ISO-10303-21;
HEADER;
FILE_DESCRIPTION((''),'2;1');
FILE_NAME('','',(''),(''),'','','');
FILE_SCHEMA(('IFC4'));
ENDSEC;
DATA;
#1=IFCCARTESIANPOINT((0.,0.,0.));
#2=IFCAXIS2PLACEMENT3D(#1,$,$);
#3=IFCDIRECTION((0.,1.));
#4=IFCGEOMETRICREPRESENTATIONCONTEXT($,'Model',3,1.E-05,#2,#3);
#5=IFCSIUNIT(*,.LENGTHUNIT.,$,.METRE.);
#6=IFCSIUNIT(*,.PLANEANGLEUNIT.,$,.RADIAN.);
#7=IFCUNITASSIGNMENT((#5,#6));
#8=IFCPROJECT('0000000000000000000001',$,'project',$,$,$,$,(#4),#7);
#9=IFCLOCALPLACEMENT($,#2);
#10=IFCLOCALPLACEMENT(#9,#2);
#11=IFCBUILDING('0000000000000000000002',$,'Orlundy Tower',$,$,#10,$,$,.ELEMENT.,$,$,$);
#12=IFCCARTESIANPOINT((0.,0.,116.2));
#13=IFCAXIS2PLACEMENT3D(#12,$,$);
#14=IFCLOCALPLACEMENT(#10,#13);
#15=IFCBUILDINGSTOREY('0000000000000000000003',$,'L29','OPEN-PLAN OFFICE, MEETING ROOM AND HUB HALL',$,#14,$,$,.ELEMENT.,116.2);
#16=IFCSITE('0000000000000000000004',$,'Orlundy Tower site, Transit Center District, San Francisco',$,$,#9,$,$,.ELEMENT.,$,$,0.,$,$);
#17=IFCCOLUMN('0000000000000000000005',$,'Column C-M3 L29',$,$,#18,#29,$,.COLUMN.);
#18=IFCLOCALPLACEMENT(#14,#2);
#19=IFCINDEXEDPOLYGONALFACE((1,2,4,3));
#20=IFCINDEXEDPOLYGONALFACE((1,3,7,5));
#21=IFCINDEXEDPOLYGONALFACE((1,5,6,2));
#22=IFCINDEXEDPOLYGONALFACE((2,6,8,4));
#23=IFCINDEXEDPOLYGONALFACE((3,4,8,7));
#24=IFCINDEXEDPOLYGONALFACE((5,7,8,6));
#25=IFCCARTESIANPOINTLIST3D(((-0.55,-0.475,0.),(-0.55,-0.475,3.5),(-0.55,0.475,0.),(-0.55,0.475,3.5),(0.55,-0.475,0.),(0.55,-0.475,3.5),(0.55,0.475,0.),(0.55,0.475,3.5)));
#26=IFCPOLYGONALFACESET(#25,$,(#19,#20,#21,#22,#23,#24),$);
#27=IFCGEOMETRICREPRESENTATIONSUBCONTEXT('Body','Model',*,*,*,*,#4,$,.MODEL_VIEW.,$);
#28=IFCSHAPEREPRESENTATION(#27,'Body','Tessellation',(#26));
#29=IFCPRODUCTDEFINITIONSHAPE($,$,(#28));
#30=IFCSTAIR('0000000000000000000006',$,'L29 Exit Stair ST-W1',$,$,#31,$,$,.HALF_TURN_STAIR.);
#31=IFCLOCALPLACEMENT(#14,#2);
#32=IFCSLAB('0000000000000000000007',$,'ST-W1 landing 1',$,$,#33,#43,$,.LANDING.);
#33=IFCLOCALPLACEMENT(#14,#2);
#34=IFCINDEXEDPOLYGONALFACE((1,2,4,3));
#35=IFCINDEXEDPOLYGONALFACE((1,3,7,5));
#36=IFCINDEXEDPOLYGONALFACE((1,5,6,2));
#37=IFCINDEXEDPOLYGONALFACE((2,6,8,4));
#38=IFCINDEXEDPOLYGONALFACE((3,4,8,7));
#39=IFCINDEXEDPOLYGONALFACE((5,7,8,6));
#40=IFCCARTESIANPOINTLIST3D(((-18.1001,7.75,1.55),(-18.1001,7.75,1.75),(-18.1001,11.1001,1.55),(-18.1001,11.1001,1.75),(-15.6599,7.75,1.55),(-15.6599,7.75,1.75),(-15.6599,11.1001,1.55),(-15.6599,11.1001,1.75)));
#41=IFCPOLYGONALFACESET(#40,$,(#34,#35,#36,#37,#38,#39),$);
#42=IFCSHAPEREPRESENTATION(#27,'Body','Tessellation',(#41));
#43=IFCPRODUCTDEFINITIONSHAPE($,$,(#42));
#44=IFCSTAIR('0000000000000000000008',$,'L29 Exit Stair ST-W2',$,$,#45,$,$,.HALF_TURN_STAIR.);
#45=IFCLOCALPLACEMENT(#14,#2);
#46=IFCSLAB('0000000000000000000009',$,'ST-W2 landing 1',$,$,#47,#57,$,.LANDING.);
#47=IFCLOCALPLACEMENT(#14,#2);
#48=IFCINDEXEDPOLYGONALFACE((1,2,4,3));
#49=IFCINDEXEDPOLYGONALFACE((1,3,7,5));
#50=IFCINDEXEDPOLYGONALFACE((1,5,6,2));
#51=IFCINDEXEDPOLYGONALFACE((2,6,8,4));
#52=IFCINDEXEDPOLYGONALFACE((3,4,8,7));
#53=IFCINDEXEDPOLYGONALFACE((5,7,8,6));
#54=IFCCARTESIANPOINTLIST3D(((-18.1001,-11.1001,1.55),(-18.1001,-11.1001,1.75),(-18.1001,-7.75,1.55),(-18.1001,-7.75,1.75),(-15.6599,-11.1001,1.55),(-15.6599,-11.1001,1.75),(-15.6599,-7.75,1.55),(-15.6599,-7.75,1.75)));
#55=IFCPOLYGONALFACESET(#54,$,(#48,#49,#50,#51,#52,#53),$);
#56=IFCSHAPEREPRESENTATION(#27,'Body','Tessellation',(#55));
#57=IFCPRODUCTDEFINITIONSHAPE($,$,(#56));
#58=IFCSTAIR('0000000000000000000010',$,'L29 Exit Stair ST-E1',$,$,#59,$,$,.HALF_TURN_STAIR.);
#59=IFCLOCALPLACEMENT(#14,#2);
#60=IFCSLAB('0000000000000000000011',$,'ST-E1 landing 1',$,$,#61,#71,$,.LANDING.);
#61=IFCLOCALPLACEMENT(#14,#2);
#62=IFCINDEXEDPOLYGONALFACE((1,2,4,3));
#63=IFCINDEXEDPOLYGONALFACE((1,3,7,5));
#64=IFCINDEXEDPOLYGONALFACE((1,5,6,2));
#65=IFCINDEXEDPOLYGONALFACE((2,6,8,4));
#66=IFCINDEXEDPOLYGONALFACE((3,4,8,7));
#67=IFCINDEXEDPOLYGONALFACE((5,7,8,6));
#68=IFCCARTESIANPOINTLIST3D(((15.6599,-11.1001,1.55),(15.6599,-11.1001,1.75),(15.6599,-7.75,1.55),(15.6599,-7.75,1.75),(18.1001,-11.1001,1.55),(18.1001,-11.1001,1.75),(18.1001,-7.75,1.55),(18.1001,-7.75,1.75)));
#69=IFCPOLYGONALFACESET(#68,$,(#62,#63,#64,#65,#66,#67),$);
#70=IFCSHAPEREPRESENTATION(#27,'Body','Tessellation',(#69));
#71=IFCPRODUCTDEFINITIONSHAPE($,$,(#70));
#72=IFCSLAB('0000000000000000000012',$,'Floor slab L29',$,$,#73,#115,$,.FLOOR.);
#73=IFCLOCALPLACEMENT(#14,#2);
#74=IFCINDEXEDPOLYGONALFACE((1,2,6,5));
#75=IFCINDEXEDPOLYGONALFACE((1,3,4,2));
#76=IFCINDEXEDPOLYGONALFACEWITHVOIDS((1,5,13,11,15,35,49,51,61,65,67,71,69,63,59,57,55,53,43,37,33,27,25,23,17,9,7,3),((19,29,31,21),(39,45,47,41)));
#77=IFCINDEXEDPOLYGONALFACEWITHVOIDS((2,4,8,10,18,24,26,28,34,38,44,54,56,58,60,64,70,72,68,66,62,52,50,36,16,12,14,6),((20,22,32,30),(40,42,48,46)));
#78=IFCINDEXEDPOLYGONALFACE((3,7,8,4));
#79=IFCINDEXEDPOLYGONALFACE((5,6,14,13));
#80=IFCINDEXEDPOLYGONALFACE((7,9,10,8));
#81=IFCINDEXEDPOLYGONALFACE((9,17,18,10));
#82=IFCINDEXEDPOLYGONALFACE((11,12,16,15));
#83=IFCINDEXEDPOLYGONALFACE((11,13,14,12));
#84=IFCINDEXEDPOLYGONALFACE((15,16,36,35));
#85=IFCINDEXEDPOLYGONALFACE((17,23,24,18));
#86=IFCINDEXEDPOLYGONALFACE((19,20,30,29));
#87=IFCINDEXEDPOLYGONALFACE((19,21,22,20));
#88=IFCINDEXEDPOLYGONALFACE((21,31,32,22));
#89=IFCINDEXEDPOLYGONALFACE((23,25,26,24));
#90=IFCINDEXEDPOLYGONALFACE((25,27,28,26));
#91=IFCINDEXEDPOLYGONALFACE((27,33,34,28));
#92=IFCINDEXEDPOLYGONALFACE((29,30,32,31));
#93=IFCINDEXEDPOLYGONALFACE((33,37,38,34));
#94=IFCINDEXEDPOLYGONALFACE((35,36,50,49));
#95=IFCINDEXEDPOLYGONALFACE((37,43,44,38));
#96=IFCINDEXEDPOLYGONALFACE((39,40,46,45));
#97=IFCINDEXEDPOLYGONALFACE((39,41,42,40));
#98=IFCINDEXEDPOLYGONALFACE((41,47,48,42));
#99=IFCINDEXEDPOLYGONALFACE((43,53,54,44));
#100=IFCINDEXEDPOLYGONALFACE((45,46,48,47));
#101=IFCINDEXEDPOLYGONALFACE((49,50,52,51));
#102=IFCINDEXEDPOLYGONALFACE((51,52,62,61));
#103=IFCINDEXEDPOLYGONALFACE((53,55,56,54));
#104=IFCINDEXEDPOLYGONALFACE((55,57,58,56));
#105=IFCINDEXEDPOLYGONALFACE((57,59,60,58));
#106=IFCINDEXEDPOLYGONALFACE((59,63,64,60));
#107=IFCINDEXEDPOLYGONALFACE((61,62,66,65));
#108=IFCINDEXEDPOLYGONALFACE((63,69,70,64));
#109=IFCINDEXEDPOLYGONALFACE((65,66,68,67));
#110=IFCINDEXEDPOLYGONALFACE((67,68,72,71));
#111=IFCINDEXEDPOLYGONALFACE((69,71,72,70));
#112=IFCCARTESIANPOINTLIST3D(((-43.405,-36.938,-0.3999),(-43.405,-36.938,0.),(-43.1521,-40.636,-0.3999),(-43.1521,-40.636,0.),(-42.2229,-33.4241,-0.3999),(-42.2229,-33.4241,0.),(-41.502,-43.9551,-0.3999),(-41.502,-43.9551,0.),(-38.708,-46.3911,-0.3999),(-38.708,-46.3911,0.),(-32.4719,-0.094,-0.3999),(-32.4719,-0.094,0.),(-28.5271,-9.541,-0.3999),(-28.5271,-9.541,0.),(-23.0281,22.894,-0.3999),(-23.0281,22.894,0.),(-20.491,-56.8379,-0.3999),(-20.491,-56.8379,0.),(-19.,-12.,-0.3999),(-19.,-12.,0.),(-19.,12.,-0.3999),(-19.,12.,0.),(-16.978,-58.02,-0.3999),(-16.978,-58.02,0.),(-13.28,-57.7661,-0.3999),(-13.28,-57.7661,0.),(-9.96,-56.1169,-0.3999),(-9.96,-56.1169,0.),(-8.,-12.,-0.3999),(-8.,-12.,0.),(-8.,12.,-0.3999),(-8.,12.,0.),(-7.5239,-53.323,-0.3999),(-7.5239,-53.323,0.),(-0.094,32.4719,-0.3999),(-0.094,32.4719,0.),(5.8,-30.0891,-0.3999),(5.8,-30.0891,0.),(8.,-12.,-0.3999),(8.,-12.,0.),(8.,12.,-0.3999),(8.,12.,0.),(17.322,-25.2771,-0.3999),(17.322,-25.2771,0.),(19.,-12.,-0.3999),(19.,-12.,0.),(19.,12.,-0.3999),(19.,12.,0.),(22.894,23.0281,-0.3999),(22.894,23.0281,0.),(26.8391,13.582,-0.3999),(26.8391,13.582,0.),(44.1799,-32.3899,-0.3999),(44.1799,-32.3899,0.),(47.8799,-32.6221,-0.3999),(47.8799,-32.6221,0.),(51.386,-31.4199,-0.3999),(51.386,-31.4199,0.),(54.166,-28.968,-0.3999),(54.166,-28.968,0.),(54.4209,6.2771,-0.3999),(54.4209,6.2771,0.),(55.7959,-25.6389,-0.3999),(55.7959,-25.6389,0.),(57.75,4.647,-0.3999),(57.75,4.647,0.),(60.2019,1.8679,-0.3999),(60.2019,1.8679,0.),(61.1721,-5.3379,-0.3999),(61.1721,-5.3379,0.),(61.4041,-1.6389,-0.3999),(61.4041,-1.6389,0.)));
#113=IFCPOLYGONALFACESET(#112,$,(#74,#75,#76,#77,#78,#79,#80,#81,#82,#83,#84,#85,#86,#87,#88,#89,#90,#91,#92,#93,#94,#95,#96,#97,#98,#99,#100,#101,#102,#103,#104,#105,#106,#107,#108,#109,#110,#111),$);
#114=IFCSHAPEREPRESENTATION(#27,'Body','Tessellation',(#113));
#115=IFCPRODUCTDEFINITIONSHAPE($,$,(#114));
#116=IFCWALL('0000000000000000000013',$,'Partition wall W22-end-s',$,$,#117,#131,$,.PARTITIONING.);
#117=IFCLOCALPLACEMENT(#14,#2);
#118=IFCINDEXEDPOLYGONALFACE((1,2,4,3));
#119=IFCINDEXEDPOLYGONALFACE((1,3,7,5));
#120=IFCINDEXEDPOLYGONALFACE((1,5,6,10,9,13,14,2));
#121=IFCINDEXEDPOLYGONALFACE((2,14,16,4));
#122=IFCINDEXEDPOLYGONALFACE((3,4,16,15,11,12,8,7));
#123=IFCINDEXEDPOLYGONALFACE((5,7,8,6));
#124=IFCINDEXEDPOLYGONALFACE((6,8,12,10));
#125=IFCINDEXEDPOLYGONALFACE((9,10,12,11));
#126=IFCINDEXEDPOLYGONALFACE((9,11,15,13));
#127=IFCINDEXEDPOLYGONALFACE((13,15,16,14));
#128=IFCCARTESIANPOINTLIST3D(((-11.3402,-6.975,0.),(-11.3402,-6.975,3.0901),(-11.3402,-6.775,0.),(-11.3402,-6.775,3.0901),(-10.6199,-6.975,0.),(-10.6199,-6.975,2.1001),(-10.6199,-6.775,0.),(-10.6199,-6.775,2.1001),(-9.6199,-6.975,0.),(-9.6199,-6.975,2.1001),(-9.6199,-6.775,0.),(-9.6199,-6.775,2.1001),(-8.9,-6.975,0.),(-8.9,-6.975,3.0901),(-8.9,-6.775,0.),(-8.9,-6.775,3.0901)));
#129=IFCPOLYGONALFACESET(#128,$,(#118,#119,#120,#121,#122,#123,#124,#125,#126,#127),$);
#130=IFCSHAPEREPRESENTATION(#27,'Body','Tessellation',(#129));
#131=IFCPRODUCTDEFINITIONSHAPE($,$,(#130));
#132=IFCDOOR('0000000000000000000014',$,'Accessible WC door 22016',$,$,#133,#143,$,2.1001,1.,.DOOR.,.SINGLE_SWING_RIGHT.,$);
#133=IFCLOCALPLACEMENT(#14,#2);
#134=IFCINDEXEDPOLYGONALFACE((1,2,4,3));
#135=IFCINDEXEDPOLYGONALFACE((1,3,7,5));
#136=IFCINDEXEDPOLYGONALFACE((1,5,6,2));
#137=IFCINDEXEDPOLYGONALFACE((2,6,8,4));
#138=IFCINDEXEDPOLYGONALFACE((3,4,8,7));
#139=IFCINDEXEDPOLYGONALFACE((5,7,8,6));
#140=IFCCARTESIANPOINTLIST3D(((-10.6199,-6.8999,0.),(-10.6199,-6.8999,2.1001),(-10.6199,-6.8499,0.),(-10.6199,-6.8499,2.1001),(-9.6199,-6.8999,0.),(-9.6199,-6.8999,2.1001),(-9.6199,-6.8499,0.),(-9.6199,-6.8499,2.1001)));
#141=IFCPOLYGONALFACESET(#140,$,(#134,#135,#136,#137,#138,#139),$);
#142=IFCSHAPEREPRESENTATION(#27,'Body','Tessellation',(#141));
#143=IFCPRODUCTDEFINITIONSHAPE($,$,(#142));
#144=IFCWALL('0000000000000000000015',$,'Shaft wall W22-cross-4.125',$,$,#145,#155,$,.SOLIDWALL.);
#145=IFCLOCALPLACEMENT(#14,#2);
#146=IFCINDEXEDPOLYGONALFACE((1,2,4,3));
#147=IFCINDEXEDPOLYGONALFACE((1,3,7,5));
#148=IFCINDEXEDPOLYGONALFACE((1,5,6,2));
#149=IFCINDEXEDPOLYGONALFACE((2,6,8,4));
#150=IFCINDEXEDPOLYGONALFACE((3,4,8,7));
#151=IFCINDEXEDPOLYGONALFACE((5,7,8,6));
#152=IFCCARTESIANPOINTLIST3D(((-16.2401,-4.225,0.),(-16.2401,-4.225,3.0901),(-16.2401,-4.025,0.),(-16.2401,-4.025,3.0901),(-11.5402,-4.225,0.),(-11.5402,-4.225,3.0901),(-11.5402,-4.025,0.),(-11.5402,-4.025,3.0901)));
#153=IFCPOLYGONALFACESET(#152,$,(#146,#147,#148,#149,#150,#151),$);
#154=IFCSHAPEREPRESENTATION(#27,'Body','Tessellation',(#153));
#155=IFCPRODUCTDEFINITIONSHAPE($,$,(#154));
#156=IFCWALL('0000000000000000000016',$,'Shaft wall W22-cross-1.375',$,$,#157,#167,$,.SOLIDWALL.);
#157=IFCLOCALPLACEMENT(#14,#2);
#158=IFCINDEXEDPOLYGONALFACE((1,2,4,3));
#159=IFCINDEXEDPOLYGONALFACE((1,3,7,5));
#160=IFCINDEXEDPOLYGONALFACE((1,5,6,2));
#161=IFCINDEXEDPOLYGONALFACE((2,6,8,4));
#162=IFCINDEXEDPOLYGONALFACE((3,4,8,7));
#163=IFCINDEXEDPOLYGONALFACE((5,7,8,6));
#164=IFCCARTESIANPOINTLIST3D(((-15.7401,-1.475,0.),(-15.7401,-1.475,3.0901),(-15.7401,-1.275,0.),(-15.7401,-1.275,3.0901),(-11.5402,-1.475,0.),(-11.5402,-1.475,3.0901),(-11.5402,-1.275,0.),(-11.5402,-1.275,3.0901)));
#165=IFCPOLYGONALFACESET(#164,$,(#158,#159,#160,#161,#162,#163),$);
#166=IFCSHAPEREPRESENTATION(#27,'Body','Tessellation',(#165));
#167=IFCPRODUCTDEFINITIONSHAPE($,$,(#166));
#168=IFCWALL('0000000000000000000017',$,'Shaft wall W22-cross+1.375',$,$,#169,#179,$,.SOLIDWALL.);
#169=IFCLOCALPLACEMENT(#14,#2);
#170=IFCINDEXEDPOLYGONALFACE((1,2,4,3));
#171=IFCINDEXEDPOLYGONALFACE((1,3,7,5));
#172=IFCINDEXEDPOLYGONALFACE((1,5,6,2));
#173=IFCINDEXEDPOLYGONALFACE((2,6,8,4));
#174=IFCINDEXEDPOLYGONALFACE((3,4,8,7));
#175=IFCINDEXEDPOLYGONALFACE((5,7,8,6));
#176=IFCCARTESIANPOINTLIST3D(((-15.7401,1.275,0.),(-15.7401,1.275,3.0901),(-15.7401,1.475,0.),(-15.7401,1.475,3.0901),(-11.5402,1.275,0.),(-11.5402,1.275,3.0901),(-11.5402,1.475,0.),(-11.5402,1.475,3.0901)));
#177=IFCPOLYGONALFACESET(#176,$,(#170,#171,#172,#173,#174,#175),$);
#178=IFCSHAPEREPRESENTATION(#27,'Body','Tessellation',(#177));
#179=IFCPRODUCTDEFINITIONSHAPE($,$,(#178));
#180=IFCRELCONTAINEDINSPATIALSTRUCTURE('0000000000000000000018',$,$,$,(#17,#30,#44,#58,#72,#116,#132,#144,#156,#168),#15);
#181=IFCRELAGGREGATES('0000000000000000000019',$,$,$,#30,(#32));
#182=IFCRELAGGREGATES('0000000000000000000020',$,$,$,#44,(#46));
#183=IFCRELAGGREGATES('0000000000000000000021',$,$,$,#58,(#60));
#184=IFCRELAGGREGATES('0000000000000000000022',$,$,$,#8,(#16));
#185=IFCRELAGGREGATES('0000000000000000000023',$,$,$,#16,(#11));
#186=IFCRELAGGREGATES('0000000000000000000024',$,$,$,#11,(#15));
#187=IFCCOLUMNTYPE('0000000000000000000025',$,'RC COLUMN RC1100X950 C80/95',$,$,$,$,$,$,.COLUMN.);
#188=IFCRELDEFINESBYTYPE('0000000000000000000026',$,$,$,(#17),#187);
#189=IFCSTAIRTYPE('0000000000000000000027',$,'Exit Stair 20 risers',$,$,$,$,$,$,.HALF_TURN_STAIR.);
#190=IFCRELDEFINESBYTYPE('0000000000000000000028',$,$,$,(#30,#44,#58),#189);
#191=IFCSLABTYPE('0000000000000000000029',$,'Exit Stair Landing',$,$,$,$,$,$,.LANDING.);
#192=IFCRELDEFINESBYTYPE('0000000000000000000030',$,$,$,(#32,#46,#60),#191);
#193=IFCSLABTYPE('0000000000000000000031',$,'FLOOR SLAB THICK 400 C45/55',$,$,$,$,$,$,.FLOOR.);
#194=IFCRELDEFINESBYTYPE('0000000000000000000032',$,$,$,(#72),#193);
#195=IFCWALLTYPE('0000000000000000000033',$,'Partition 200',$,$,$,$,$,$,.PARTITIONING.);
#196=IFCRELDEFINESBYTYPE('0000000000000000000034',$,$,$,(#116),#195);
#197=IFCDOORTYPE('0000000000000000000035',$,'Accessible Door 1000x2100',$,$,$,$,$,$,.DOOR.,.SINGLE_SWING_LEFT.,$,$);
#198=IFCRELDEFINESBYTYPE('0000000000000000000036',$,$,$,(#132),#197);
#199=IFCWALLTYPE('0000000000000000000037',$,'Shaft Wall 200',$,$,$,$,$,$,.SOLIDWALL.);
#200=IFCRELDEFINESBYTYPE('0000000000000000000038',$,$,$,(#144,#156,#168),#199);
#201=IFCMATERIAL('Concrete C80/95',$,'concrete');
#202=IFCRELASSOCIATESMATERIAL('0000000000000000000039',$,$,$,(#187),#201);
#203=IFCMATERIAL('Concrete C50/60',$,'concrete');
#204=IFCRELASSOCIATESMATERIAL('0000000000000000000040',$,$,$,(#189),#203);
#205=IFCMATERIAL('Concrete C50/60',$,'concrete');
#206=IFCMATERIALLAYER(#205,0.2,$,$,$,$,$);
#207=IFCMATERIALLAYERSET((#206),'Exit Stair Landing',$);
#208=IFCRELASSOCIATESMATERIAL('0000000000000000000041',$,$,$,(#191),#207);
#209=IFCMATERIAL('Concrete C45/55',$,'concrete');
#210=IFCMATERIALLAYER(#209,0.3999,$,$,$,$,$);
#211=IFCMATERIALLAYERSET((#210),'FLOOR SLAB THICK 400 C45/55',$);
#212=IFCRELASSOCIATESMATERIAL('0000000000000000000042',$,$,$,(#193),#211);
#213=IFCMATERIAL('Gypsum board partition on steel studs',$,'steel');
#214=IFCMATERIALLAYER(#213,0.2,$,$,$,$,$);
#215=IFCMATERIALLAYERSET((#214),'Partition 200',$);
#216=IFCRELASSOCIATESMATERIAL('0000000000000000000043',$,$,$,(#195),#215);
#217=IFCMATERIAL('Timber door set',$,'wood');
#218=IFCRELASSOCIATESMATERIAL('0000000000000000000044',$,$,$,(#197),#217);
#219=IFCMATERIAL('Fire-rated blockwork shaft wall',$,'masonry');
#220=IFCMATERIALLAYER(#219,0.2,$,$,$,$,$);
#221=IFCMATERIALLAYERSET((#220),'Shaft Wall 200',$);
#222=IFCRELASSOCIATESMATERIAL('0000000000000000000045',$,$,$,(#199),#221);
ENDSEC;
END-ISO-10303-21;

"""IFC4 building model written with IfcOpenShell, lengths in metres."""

from ifc_helpers import new_model, si_unit, direction, frame, frame_2d, origin, origin_with_axes, origin_2d, place, context, subcontext, project, spatial, polyline, rectangle, outline, extrude, material, layer, layer_set, material_profile, profile_set, type_object, element, fill, aggregate, save


model = new_model("IFC4")

# Units and contexts
model_context = context("Model", 3, precision=1e-05, world=origin(), true_north=direction((0.0, 1.0)))
body_context = subcontext(model_context, "Body", "Model", "MODEL_VIEW")
ifc_project = project(units=[si_unit("LENGTHUNIT", "METRE"), si_unit("PLANEANGLEUNIT", "RADIAN")], contexts=[model_context])

# Site, building, storey
site_placement = place(None, origin())
site = spatial("IfcSite", under=ifc_project, at=site_placement, Name="Orlundy Tower site, Transit Center District, San Francisco", CompositionType="ELEMENT", RefElevation=0.0)
building_placement = place(site_placement, origin())
building = spatial("IfcBuilding", under=site, at=building_placement, Name="Orlundy Tower", CompositionType="ELEMENT")
storey_placement = place(building_placement, frame((0.0, 0.0, 116.2)))
storey = spatial("IfcBuildingStorey", under=building, at=storey_placement, Name="L29", Description="OPEN-PLAN OFFICE, MEETING ROOM AND HUB HALL", CompositionType="ELEMENT", Elevation=116.2)

# Column
ifc_material_1 = material(Name="Concrete C80/95", Category="concrete")
ifc_material_profile = material_profile(ifc_material_1, rectangle(XDim=1.1001, YDim=0.95, at=origin_2d()), Name="RC1100X950")
ifc_profile_set = profile_set([ifc_material_profile], Name="Concrete C80/95")
column_type = type_object("IfcColumnType", Name="RC COLUMN RC1100X950 C80/95", PredefinedType="COLUMN", material=ifc_profile_set)
column_placement = place(storey_placement, origin_with_axes())
element("IfcColumn", 1, at=column_placement, inside=storey, type_object=column_type, Name="Column C-M3 L29", PredefinedType="COLUMN", context=body_context, shape_type="SweptSolid", body=[
    extrude(rectangle(XDim=1.1001, YDim=0.95, at=origin_2d()), origin(), (0.0, 0.0, 1.0), 3.5),
])

# Stairs, slabs
ifc_material_2 = material(Name="Concrete C50/60", Category="concrete")
stair_type = type_object("IfcStairType", Name="Exit Stair 20 risers", PredefinedType="HALF_TURN_STAIR", material=ifc_material_2)
stair_1_placement = place(storey_placement, origin())
stair_1 = element("IfcStair", 2, at=stair_1_placement, inside=storey, type_object=stair_type, Name="L29 Exit Stair ST-W1", PredefinedType="HALF_TURN_STAIR")
ifc_material_3 = material(Name="Concrete C50/60", Category="concrete")
ifc_layer_1 = layer(ifc_material_3, 0.2)
ifc_layer_set_1 = layer_set([ifc_layer_1], Name="Exit Stair Landing")
slab_type_1 = type_object("IfcSlabType", Name="Exit Stair Landing", PredefinedType="LANDING", material=ifc_layer_set_1)
slab_1_placement = place(storey_placement, frame((0.0, 0.0, 1.55)))
slab_1 = element("IfcSlab", 3, at=slab_1_placement, type_object=slab_type_1, Name="ST-W1 landing 1", PredefinedType="LANDING", context=body_context, shape_type="SweptSolid", body=[
    extrude(outline(polyline([(-15.6599, 11.1001), (-18.1001, 11.1001), (-18.1001, 7.75), (-15.6599, 7.75), (-15.6599, 11.1001)])), origin(), (0.0, 0.0, 1.0), 0.2),
])
aggregate(stair_1, [slab_1])
stair_2_placement = place(storey_placement, origin())
stair_2 = element("IfcStair", 4, at=stair_2_placement, inside=storey, type_object=stair_type, Name="L29 Exit Stair ST-W2", PredefinedType="HALF_TURN_STAIR")
slab_2_placement = place(storey_placement, frame((0.0, 0.0, 1.55)))
slab_2 = element("IfcSlab", 5, at=slab_2_placement, type_object=slab_type_1, Name="ST-W2 landing 1", PredefinedType="LANDING", context=body_context, shape_type="SweptSolid", body=[
    extrude(outline(polyline([(-15.6599, -7.75), (-18.1001, -7.75), (-18.1001, -11.1001), (-15.6599, -11.1001), (-15.6599, -7.75)])), origin(), (0.0, 0.0, 1.0), 0.2),
])
aggregate(stair_2, [slab_2])
stair_3_placement = place(storey_placement, origin())
stair_3 = element("IfcStair", 6, at=stair_3_placement, inside=storey, type_object=stair_type, Name="L29 Exit Stair ST-E1", PredefinedType="HALF_TURN_STAIR")
slab_3_placement = place(storey_placement, frame((0.0, 0.0, 1.55)))
slab_3 = element("IfcSlab", 7, at=slab_3_placement, type_object=slab_type_1, Name="ST-E1 landing 1", PredefinedType="LANDING", context=body_context, shape_type="SweptSolid", body=[
    extrude(outline(polyline([(15.6599, -11.1001), (18.1001, -11.1001), (18.1001, -7.75), (15.6599, -7.75), (15.6599, -11.1001)])), origin(), (0.0, 0.0, 1.0), 0.2),
])
aggregate(stair_3, [slab_3])

# Slab
ifc_material_4 = material(Name="Concrete C45/55", Category="concrete")
ifc_layer_2 = layer(ifc_material_4, 0.3999)
ifc_layer_set_2 = layer_set([ifc_layer_2], Name="FLOOR SLAB THICK 400 C45/55")
slab_type_2 = type_object("IfcSlabType", Name="FLOOR SLAB THICK 400 C45/55", PredefinedType="FLOOR", material=ifc_layer_set_2)
slab_4_placement = place(storey_placement, frame((0.0, 0.0, -0.3999)))
element("IfcSlab", 8, at=slab_4_placement, inside=storey, type_object=slab_type_2, Name="Floor slab L29", PredefinedType="FLOOR", context=body_context, shape_type="SweptSolid", body=[
    extrude(outline(polyline([(17.322, -25.2771), (5.8, -30.0891), (-7.5239, -53.323), (-9.96, -56.1169), (-13.28, -57.7661), (-16.978, -58.02), (-20.491, -56.8379), (-38.708, -46.3911), (-41.502, -43.9551), (-43.1521, -40.636), (-43.405, -36.938), (-42.2229, -33.4241), (-28.5271, -9.541), (-32.4719, -0.094), (-23.0281, 22.894), (-0.094, 32.4719), (22.894, 23.0281), (26.8391, 13.582), (54.4209, 6.2771), (57.75, 4.647), (60.2019, 1.8679), (61.4041, -1.6389), (61.1721, -5.3379), (55.7959, -25.6389), (54.166, -28.968), (51.386, -31.4199), (47.8799, -32.6221), (44.1799, -32.3899), (17.322, -25.2771)]), holes=[polyline([(-8.0, -12.0), (-8.0, 12.0), (-19.0, 12.0), (-19.0, -12.0), (-8.0, -12.0)]), polyline([(19.0, -12.0), (19.0, 12.0), (8.0, 12.0), (8.0, -12.0), (19.0, -12.0)])]), origin(), (0.0, 0.0, 1.0), 0.3999),
])

# Wall, opening, door
ifc_material_5 = material(Name="Gypsum board partition on steel studs", Category="steel")
ifc_layer_3 = layer(ifc_material_5, 0.2)
ifc_layer_set_3 = layer_set([ifc_layer_3], Name="Partition 200")
wall_type_1 = type_object("IfcWallType", Name="Partition 200", PredefinedType="PARTITIONING", material=ifc_layer_set_3)
wall_1_placement = place(storey_placement, frame((-8.8999, -6.875, 0.0), z_axis=(0.0, 0.0, 1.0), x_axis=(-1.0, 0.0, 0.0)))
wall_1 = element("IfcWall", 9, at=wall_1_placement, inside=storey, type_object=wall_type_1, Name="Partition wall W22-end-s", PredefinedType="PARTITIONING", context=body_context, shape_type="SweptSolid", body=[
    extrude(rectangle(XDim=2.4402, YDim=0.2, at=frame_2d((1.2202, 0.0))), origin(), (0.0, 0.0, 1.0), 3.0901),
])
opening_1_placement = place(wall_1_placement, frame((0.72, 0.0, 0.0)))
opening_1 = element("IfcOpeningElement", 10, at=opening_1_placement, cuts=wall_1, PredefinedType="OPENING", context=body_context, shape_type="SweptSolid", body=[
    extrude(rectangle(XDim=1.0, YDim=2.1001, at=frame_2d((0.5, 1.05))), frame((0.0, 0.1101, 0.0), z_axis=(0.0, -1.0, 0.0), x_axis=(1.0, 0.0, 0.0)), (0.0, 0.0, 1.0), 0.2202),
])
ifc_material_6 = material(Name="Timber door set", Category="wood")
door_type_1 = type_object("IfcDoorType", Name="Accessible Door 1000x2100", OperationType="SINGLE_SWING_LEFT", PredefinedType="DOOR", material=ifc_material_6)
door_1_placement = place(opening_1_placement, origin())
door_1 = element("IfcDoor", 11, at=door_1_placement, inside=storey, type_object=door_type_1, Name="Accessible WC door 22016", OperationType="SINGLE_SWING_RIGHT", OverallHeight=2.1001, OverallWidth=1.0, PredefinedType="DOOR", context=body_context, shape_type="SweptSolid", body=[
    extrude(rectangle(XDim=1.0, YDim=2.1001, at=frame_2d((0.5, 1.05))), frame((0.0, 0.0249, 0.0), z_axis=(0.0, -1.0, 0.0), x_axis=(1.0, 0.0, 0.0)), (0.0, 0.0, 1.0), 0.05),
])
fill(opening_1, door_1)

# Walls
ifc_material_7 = material(Name="Fire-rated blockwork shaft wall", Category="masonry")
ifc_layer_4 = layer(ifc_material_7, 0.2)
ifc_layer_set_4 = layer_set([ifc_layer_4], Name="Shaft Wall 200")
wall_type_2 = type_object("IfcWallType", Name="Shaft Wall 200", PredefinedType="SOLIDWALL", material=ifc_layer_set_4)
wall_2_placement = place(storey_placement, frame((-11.54, -4.125, 0.0), z_axis=(0.0, 0.0, 1.0), x_axis=(-1.0, 0.0, 0.0)))
element("IfcWall", 12, at=wall_2_placement, inside=storey, type_object=wall_type_2, Name="Shaft wall W22-cross-4.125", PredefinedType="SOLIDWALL", context=body_context, shape_type="SweptSolid", body=[
    extrude(rectangle(XDim=4.7, YDim=0.2, at=frame_2d((2.3501, 0.0))), origin(), (0.0, 0.0, 1.0), 3.0901),
])
for number, where, z_axis, x_axis, name in (
    (13, (-11.54, -1.375, 0.0), (0.0, 0.0, 1.0), (-1.0, 0.0, 0.0), "Shaft wall W22-cross-1.375"),
    (14, (-11.54, 1.375, 0.0), (0.0, 0.0, 1.0), (-1.0, 0.0, 0.0), "Shaft wall W22-cross+1.375"),
):
    element("IfcWall", number, at=place(storey_placement, frame(where, z_axis=z_axis, x_axis=x_axis)), inside=storey, type_object=wall_type_2, Name=name, PredefinedType="SOLIDWALL", context=body_context, shape_type="SweptSolid", body=[
        extrude(rectangle(XDim=4.2, YDim=0.2, at=frame_2d((2.1001, 0.0))), origin(), (0.0, 0.0, 1.0), 3.0901),
    ])

save(model, "model.ifc")
